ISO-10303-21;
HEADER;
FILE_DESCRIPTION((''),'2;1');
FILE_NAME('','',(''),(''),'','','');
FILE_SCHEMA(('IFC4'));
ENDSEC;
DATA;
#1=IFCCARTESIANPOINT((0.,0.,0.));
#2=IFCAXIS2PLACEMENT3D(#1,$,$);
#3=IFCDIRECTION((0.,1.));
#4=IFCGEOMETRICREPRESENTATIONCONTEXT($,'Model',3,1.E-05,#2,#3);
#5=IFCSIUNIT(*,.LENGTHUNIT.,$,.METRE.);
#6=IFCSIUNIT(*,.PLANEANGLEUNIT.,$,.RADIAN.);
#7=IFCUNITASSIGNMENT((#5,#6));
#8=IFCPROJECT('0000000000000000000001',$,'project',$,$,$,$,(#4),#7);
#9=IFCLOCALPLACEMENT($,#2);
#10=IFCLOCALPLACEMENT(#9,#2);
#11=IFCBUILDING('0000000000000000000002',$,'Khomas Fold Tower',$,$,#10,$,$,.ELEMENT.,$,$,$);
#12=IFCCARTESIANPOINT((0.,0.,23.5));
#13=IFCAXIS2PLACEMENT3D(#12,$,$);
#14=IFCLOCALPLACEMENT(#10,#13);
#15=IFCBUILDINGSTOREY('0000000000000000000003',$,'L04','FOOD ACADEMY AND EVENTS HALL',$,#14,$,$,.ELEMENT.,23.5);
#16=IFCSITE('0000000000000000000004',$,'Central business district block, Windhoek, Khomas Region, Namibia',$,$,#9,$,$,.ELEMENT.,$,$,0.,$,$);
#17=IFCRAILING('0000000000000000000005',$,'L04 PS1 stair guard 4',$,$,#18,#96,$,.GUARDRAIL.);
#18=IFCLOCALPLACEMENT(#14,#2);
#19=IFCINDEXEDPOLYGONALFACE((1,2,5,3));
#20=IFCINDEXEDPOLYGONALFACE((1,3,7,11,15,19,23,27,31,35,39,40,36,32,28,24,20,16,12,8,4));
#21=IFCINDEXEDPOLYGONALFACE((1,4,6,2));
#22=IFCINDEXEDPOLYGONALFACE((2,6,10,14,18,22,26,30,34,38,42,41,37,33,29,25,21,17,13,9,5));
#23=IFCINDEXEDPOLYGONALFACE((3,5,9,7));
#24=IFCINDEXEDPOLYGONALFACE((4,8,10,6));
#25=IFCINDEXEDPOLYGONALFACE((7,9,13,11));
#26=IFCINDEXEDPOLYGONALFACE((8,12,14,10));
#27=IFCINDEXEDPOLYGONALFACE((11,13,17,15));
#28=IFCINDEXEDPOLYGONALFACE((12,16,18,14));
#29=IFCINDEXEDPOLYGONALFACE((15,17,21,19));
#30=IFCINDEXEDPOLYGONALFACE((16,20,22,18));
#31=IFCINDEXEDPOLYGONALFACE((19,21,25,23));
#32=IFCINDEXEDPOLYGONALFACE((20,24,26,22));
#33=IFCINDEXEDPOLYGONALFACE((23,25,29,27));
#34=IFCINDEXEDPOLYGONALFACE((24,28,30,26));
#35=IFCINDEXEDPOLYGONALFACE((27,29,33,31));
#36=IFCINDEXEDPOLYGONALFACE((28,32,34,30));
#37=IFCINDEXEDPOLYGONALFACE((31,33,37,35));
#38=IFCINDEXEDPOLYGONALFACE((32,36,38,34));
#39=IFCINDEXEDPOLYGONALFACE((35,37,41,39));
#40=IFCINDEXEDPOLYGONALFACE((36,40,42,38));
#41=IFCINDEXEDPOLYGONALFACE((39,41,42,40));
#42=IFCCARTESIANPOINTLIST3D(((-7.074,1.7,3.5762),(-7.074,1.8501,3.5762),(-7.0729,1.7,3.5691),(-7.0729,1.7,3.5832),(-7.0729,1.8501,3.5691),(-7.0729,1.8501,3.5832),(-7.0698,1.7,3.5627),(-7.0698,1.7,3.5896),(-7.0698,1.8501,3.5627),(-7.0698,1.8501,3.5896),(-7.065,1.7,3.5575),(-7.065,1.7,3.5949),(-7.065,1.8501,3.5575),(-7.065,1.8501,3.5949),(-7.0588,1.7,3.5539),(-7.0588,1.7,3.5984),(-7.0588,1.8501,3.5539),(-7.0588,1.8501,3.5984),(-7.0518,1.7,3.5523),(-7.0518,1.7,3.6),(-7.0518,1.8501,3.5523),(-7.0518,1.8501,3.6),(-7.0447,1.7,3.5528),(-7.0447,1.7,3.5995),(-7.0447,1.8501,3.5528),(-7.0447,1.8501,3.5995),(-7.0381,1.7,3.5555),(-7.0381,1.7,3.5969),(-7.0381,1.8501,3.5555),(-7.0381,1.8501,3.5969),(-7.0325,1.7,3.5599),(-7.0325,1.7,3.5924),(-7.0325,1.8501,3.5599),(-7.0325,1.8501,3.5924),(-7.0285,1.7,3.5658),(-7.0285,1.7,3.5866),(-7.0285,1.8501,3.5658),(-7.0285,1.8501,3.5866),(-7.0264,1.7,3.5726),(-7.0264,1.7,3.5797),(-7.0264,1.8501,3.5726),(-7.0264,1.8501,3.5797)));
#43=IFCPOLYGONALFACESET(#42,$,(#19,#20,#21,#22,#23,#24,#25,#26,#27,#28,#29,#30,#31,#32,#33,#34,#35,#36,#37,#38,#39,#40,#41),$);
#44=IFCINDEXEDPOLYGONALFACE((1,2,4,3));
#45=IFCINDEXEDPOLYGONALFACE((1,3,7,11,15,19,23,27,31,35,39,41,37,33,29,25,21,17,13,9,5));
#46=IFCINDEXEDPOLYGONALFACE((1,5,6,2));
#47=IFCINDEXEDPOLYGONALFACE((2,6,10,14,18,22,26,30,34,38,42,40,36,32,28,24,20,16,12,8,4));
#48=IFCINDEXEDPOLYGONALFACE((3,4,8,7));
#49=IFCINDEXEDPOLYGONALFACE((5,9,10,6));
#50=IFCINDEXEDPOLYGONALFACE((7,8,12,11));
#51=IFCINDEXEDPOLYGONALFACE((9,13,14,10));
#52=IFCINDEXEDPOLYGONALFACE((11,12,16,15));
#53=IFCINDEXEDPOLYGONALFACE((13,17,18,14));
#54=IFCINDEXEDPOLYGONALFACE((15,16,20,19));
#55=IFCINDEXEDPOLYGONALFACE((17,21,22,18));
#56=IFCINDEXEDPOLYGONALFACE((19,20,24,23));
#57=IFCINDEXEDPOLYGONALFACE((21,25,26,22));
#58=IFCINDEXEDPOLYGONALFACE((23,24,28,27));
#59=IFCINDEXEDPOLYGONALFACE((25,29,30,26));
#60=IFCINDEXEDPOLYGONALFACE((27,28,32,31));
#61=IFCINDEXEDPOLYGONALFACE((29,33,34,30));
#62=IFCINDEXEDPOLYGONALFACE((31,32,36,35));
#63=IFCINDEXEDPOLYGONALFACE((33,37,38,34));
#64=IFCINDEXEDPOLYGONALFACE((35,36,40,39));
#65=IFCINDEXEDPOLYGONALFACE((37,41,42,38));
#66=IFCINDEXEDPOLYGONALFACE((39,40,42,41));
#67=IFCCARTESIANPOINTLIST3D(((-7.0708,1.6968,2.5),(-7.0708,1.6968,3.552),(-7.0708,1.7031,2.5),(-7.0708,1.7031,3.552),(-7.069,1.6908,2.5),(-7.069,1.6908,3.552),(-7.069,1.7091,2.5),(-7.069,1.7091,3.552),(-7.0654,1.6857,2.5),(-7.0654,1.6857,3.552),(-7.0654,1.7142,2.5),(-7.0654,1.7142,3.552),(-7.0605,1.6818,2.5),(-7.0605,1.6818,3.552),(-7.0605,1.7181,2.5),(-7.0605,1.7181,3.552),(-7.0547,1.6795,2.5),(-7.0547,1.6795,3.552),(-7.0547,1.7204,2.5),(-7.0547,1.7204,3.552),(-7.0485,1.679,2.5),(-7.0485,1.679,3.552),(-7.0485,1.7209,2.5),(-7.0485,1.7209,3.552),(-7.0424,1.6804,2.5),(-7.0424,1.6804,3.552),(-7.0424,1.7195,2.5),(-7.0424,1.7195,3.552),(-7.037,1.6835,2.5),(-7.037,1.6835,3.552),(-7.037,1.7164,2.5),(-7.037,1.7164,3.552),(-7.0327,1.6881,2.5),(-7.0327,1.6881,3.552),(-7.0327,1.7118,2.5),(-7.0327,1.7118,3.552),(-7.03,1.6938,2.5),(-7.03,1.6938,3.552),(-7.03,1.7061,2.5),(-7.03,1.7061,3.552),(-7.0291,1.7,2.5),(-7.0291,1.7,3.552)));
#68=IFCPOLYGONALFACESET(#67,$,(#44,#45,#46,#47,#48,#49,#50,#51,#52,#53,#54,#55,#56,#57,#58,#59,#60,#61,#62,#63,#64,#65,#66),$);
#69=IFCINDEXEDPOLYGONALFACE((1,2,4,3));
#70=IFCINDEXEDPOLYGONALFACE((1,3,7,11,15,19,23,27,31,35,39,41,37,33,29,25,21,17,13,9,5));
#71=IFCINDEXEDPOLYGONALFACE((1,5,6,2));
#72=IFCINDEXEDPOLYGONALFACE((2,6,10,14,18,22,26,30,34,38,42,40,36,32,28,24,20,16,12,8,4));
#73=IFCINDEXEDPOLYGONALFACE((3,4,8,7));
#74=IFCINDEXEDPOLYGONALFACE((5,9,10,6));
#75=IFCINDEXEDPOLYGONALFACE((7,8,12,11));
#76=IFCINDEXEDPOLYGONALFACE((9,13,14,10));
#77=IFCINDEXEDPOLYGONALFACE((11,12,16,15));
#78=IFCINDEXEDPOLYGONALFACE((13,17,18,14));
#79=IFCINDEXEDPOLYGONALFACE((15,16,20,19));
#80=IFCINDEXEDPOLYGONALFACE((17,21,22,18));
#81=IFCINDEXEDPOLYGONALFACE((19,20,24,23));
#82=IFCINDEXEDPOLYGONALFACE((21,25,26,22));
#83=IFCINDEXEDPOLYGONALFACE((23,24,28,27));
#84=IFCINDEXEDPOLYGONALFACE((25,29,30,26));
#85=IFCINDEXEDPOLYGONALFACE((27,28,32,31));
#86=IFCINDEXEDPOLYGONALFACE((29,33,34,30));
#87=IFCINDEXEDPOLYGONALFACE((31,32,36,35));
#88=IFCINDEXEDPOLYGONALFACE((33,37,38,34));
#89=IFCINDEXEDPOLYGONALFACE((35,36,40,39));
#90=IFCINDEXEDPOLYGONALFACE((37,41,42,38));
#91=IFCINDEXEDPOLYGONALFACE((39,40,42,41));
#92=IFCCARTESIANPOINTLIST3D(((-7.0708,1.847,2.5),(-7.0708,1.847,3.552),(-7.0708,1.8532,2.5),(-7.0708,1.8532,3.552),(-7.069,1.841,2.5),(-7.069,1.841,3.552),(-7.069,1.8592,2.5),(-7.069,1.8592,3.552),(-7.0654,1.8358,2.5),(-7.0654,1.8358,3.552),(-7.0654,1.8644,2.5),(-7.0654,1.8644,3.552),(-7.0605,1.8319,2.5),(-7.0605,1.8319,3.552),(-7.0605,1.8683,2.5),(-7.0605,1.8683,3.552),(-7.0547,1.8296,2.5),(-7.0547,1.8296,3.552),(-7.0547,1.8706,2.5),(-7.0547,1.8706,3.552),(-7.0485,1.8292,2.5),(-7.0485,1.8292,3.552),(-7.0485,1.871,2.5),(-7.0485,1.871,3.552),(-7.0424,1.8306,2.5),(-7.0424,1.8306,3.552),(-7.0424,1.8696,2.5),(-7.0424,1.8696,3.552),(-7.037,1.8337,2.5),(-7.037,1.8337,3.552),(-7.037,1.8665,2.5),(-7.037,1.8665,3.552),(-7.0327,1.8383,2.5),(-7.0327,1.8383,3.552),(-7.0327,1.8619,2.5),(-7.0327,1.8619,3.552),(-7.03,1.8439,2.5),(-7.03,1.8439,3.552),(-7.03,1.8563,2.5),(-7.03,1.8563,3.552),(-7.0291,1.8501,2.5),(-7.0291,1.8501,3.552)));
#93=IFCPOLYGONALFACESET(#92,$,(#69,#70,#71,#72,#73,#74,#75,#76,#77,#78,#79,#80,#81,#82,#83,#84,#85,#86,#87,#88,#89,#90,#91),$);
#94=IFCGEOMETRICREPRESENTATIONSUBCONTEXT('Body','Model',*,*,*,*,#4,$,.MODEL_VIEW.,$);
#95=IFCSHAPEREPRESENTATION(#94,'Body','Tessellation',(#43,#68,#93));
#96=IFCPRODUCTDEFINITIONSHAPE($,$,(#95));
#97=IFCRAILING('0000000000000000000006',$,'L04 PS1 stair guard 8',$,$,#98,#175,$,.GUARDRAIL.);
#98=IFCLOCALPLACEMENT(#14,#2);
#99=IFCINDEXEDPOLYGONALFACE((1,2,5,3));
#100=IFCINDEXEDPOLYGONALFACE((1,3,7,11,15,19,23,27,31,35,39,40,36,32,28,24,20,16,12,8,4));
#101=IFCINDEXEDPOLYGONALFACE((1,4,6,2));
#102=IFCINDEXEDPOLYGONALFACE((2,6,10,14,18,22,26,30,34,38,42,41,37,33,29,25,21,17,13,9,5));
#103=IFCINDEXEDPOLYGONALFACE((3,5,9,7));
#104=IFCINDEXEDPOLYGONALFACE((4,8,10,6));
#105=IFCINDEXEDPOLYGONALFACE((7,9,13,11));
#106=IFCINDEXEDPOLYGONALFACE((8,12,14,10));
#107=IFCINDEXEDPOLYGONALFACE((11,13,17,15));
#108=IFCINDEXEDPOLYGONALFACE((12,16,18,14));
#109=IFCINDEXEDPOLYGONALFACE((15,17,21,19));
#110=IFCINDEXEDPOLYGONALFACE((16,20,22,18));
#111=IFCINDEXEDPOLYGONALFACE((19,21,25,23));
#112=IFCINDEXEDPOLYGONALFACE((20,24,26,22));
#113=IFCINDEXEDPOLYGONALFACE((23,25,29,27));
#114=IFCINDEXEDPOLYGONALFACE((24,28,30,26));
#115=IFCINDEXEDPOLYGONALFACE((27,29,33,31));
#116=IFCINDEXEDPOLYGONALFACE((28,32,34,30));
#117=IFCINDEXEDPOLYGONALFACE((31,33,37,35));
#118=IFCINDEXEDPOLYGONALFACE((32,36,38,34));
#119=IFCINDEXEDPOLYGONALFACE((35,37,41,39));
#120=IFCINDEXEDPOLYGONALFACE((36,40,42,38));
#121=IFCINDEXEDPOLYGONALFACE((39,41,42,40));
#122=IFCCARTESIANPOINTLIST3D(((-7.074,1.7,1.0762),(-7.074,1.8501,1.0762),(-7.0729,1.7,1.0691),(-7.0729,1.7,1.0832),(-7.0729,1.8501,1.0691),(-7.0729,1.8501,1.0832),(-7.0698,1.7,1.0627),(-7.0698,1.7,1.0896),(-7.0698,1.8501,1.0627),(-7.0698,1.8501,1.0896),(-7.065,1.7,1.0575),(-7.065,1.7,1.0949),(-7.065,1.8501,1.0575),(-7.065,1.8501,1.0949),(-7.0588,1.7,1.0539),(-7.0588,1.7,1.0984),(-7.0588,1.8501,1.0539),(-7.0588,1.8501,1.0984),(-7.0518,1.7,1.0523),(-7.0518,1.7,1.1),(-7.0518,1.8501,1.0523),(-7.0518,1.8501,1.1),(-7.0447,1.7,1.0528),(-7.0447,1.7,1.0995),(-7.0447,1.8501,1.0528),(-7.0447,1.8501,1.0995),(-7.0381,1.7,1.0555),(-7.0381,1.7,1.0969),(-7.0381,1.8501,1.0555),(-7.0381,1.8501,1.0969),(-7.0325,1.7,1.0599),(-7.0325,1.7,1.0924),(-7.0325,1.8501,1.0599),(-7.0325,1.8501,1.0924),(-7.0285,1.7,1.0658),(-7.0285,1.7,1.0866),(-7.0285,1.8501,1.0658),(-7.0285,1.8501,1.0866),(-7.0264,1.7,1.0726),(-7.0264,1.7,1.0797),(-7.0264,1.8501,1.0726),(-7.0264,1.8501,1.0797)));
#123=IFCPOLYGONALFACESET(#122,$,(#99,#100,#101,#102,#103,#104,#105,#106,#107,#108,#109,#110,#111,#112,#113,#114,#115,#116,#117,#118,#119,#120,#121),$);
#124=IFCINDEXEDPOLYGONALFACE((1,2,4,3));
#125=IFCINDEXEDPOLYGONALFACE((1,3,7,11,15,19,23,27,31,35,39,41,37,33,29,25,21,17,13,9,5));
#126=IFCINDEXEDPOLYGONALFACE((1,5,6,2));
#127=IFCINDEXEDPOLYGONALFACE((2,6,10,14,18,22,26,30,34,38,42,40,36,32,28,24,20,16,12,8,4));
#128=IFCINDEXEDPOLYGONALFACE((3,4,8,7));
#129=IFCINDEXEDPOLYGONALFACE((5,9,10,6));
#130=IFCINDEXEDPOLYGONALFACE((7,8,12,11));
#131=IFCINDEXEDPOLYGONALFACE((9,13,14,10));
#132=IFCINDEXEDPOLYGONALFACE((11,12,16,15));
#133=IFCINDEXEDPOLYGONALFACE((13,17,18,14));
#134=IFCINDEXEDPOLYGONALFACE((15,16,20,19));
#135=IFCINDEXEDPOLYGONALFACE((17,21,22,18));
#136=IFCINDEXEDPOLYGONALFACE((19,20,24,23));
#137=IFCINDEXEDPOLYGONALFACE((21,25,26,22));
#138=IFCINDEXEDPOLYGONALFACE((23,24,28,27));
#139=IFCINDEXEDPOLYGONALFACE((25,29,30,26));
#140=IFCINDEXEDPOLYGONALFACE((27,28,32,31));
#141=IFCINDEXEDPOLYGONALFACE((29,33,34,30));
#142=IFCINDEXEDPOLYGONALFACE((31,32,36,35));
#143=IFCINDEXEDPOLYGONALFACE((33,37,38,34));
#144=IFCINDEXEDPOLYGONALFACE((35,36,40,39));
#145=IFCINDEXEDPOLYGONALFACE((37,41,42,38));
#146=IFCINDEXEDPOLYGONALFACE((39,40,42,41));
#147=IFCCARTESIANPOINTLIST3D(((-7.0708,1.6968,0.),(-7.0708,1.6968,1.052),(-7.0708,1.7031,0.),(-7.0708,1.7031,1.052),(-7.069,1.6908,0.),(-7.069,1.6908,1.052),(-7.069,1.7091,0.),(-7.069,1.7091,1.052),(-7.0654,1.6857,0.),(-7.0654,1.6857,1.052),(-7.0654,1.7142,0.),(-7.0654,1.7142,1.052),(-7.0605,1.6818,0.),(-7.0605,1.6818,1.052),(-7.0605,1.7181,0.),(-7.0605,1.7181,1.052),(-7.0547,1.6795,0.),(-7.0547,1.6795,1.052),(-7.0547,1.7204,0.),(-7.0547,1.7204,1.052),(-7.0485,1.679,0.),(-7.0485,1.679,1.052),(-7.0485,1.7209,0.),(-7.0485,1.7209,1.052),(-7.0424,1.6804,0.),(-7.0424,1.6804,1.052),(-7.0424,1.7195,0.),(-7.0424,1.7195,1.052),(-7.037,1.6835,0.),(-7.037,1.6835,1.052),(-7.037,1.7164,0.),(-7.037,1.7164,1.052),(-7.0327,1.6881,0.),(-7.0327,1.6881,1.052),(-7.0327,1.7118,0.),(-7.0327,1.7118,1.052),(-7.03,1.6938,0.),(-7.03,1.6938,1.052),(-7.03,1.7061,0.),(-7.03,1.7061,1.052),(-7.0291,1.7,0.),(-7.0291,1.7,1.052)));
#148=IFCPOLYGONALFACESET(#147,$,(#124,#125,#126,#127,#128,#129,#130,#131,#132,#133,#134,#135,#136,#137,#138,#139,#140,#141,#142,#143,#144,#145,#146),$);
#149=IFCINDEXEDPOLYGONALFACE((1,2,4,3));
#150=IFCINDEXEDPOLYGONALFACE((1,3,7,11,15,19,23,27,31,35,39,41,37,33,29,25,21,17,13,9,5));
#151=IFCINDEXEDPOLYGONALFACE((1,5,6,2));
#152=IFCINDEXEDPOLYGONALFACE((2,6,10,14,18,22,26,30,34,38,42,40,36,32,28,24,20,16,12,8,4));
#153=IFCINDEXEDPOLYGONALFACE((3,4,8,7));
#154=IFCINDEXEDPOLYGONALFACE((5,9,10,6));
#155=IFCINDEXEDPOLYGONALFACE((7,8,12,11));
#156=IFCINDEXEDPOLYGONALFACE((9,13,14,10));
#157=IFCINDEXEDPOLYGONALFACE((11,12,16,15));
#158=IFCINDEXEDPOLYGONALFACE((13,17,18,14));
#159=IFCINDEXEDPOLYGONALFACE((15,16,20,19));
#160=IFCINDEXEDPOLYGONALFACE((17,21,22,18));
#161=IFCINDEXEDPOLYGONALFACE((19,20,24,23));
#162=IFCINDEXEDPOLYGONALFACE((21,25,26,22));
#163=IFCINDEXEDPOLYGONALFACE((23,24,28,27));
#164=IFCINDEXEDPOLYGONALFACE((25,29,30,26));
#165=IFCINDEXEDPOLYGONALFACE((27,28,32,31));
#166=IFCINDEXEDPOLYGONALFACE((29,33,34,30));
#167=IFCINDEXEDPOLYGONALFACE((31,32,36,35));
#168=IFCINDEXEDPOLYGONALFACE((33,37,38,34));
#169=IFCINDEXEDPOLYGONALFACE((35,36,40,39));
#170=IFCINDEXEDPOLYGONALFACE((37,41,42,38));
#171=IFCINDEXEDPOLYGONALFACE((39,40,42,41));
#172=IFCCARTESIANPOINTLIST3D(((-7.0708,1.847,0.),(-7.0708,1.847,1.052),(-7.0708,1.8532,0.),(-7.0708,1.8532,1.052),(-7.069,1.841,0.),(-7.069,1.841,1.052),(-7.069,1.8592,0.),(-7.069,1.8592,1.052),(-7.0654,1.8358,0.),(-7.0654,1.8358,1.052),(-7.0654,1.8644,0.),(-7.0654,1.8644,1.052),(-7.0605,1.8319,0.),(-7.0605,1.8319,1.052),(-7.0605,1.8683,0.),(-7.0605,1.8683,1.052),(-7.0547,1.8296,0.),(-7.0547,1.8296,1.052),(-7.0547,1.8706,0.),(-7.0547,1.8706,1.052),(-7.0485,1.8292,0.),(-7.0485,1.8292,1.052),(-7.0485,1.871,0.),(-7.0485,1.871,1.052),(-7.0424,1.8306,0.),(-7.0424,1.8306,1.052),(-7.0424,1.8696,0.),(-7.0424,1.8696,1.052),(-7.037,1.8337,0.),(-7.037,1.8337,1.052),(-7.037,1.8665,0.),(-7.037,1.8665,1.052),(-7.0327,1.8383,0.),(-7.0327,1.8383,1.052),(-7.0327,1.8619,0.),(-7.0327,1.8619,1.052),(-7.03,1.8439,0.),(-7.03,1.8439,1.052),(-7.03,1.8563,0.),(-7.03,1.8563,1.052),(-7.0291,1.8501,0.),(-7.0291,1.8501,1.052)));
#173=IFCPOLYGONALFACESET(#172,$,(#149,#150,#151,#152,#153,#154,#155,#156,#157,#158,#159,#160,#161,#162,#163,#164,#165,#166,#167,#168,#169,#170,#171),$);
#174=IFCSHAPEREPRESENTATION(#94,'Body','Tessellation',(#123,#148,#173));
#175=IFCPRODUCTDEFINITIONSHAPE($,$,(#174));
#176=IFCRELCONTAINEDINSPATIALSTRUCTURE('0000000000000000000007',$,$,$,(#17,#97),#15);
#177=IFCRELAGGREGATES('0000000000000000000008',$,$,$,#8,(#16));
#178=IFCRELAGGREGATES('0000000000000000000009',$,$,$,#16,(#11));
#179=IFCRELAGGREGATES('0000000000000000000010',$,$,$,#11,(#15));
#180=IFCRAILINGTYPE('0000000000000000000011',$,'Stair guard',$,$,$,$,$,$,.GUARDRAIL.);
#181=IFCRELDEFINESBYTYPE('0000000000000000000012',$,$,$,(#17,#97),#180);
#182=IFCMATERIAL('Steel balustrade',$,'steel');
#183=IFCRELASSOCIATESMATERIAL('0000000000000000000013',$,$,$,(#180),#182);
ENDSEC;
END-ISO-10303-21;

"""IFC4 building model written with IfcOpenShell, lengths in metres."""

from ifc_helpers import new_model, si_unit, direction, frame, origin, origin_2d, place, context, subcontext, project, spatial, circle, extrude, source, transform, mapped, material, type_object, element, save


model = new_model("IFC4")

# Units and contexts
model_context = context("Model", 3, precision=1e-05, world=origin(), true_north=direction((0.0, 1.0)))
body_context = subcontext(model_context, "Body", "Model", "MODEL_VIEW")
ifc_project = project(units=[si_unit("LENGTHUNIT", "METRE"), si_unit("PLANEANGLEUNIT", "RADIAN")], contexts=[model_context])

# Site, building, storey
site_placement = place(None, origin())
site = spatial("IfcSite", under=ifc_project, at=site_placement, Name="Central business district block, Windhoek, Khomas Region, Namibia", CompositionType="ELEMENT", RefElevation=0.0)
building_placement = place(site_placement, origin())
building = spatial("IfcBuilding", under=site, at=building_placement, Name="Khomas Fold Tower", CompositionType="ELEMENT")
storey_placement = place(building_placement, frame((0.0, 0.0, 23.5)))
storey = spatial("IfcBuildingStorey", under=building, at=storey_placement, Name="L04", Description="FOOD ACADEMY AND EVENTS HALL", CompositionType="ELEMENT", Elevation=23.5)

# Railings
ifc_material_1 = material(Name="Steel balustrade", Category="steel")
railing_type_1 = type_object("IfcRailingType", Name="Stair guard", PredefinedType="GUARDRAIL", material=ifc_material_1)
shared_shape_1 = source(origin(), body_context, "Body", "SweptSolid", [
    extrude(circle(Radius=0.0239, at=origin_2d()), frame((0.0, 0.0, 1.0762), z_axis=(0.0, 1.0, 0.0), x_axis=(-1.0, 0.0, 0.0)), (0.0, 0.0, 1.0), 0.1501),
    extrude(circle(Radius=0.021, at=origin_2d()), origin(), (0.0, 0.0, 1.0), 1.052),
    extrude(circle(Radius=0.021, at=origin_2d()), frame((0.0, 0.1501, 0.0)), (0.0, 0.0, 1.0), 1.052),
])
for number, where, name in (
    (1, (-7.05, 1.7, 2.5), "L04 PS1 stair guard 4"),
    (2, (-7.05, 1.7, 0.0), "L04 PS1 stair guard 8"),
):
    element("IfcRailing", number, at=place(storey_placement, frame(where)), inside=storey, type_object=railing_type_1, Name=name, PredefinedType="GUARDRAIL", context=body_context, shape_type="MappedRepresentation", body=[
        mapped(shared_shape_1, transform((0.0, 0.0, 0.0))),
    ])

save(model, "model.ifc")
